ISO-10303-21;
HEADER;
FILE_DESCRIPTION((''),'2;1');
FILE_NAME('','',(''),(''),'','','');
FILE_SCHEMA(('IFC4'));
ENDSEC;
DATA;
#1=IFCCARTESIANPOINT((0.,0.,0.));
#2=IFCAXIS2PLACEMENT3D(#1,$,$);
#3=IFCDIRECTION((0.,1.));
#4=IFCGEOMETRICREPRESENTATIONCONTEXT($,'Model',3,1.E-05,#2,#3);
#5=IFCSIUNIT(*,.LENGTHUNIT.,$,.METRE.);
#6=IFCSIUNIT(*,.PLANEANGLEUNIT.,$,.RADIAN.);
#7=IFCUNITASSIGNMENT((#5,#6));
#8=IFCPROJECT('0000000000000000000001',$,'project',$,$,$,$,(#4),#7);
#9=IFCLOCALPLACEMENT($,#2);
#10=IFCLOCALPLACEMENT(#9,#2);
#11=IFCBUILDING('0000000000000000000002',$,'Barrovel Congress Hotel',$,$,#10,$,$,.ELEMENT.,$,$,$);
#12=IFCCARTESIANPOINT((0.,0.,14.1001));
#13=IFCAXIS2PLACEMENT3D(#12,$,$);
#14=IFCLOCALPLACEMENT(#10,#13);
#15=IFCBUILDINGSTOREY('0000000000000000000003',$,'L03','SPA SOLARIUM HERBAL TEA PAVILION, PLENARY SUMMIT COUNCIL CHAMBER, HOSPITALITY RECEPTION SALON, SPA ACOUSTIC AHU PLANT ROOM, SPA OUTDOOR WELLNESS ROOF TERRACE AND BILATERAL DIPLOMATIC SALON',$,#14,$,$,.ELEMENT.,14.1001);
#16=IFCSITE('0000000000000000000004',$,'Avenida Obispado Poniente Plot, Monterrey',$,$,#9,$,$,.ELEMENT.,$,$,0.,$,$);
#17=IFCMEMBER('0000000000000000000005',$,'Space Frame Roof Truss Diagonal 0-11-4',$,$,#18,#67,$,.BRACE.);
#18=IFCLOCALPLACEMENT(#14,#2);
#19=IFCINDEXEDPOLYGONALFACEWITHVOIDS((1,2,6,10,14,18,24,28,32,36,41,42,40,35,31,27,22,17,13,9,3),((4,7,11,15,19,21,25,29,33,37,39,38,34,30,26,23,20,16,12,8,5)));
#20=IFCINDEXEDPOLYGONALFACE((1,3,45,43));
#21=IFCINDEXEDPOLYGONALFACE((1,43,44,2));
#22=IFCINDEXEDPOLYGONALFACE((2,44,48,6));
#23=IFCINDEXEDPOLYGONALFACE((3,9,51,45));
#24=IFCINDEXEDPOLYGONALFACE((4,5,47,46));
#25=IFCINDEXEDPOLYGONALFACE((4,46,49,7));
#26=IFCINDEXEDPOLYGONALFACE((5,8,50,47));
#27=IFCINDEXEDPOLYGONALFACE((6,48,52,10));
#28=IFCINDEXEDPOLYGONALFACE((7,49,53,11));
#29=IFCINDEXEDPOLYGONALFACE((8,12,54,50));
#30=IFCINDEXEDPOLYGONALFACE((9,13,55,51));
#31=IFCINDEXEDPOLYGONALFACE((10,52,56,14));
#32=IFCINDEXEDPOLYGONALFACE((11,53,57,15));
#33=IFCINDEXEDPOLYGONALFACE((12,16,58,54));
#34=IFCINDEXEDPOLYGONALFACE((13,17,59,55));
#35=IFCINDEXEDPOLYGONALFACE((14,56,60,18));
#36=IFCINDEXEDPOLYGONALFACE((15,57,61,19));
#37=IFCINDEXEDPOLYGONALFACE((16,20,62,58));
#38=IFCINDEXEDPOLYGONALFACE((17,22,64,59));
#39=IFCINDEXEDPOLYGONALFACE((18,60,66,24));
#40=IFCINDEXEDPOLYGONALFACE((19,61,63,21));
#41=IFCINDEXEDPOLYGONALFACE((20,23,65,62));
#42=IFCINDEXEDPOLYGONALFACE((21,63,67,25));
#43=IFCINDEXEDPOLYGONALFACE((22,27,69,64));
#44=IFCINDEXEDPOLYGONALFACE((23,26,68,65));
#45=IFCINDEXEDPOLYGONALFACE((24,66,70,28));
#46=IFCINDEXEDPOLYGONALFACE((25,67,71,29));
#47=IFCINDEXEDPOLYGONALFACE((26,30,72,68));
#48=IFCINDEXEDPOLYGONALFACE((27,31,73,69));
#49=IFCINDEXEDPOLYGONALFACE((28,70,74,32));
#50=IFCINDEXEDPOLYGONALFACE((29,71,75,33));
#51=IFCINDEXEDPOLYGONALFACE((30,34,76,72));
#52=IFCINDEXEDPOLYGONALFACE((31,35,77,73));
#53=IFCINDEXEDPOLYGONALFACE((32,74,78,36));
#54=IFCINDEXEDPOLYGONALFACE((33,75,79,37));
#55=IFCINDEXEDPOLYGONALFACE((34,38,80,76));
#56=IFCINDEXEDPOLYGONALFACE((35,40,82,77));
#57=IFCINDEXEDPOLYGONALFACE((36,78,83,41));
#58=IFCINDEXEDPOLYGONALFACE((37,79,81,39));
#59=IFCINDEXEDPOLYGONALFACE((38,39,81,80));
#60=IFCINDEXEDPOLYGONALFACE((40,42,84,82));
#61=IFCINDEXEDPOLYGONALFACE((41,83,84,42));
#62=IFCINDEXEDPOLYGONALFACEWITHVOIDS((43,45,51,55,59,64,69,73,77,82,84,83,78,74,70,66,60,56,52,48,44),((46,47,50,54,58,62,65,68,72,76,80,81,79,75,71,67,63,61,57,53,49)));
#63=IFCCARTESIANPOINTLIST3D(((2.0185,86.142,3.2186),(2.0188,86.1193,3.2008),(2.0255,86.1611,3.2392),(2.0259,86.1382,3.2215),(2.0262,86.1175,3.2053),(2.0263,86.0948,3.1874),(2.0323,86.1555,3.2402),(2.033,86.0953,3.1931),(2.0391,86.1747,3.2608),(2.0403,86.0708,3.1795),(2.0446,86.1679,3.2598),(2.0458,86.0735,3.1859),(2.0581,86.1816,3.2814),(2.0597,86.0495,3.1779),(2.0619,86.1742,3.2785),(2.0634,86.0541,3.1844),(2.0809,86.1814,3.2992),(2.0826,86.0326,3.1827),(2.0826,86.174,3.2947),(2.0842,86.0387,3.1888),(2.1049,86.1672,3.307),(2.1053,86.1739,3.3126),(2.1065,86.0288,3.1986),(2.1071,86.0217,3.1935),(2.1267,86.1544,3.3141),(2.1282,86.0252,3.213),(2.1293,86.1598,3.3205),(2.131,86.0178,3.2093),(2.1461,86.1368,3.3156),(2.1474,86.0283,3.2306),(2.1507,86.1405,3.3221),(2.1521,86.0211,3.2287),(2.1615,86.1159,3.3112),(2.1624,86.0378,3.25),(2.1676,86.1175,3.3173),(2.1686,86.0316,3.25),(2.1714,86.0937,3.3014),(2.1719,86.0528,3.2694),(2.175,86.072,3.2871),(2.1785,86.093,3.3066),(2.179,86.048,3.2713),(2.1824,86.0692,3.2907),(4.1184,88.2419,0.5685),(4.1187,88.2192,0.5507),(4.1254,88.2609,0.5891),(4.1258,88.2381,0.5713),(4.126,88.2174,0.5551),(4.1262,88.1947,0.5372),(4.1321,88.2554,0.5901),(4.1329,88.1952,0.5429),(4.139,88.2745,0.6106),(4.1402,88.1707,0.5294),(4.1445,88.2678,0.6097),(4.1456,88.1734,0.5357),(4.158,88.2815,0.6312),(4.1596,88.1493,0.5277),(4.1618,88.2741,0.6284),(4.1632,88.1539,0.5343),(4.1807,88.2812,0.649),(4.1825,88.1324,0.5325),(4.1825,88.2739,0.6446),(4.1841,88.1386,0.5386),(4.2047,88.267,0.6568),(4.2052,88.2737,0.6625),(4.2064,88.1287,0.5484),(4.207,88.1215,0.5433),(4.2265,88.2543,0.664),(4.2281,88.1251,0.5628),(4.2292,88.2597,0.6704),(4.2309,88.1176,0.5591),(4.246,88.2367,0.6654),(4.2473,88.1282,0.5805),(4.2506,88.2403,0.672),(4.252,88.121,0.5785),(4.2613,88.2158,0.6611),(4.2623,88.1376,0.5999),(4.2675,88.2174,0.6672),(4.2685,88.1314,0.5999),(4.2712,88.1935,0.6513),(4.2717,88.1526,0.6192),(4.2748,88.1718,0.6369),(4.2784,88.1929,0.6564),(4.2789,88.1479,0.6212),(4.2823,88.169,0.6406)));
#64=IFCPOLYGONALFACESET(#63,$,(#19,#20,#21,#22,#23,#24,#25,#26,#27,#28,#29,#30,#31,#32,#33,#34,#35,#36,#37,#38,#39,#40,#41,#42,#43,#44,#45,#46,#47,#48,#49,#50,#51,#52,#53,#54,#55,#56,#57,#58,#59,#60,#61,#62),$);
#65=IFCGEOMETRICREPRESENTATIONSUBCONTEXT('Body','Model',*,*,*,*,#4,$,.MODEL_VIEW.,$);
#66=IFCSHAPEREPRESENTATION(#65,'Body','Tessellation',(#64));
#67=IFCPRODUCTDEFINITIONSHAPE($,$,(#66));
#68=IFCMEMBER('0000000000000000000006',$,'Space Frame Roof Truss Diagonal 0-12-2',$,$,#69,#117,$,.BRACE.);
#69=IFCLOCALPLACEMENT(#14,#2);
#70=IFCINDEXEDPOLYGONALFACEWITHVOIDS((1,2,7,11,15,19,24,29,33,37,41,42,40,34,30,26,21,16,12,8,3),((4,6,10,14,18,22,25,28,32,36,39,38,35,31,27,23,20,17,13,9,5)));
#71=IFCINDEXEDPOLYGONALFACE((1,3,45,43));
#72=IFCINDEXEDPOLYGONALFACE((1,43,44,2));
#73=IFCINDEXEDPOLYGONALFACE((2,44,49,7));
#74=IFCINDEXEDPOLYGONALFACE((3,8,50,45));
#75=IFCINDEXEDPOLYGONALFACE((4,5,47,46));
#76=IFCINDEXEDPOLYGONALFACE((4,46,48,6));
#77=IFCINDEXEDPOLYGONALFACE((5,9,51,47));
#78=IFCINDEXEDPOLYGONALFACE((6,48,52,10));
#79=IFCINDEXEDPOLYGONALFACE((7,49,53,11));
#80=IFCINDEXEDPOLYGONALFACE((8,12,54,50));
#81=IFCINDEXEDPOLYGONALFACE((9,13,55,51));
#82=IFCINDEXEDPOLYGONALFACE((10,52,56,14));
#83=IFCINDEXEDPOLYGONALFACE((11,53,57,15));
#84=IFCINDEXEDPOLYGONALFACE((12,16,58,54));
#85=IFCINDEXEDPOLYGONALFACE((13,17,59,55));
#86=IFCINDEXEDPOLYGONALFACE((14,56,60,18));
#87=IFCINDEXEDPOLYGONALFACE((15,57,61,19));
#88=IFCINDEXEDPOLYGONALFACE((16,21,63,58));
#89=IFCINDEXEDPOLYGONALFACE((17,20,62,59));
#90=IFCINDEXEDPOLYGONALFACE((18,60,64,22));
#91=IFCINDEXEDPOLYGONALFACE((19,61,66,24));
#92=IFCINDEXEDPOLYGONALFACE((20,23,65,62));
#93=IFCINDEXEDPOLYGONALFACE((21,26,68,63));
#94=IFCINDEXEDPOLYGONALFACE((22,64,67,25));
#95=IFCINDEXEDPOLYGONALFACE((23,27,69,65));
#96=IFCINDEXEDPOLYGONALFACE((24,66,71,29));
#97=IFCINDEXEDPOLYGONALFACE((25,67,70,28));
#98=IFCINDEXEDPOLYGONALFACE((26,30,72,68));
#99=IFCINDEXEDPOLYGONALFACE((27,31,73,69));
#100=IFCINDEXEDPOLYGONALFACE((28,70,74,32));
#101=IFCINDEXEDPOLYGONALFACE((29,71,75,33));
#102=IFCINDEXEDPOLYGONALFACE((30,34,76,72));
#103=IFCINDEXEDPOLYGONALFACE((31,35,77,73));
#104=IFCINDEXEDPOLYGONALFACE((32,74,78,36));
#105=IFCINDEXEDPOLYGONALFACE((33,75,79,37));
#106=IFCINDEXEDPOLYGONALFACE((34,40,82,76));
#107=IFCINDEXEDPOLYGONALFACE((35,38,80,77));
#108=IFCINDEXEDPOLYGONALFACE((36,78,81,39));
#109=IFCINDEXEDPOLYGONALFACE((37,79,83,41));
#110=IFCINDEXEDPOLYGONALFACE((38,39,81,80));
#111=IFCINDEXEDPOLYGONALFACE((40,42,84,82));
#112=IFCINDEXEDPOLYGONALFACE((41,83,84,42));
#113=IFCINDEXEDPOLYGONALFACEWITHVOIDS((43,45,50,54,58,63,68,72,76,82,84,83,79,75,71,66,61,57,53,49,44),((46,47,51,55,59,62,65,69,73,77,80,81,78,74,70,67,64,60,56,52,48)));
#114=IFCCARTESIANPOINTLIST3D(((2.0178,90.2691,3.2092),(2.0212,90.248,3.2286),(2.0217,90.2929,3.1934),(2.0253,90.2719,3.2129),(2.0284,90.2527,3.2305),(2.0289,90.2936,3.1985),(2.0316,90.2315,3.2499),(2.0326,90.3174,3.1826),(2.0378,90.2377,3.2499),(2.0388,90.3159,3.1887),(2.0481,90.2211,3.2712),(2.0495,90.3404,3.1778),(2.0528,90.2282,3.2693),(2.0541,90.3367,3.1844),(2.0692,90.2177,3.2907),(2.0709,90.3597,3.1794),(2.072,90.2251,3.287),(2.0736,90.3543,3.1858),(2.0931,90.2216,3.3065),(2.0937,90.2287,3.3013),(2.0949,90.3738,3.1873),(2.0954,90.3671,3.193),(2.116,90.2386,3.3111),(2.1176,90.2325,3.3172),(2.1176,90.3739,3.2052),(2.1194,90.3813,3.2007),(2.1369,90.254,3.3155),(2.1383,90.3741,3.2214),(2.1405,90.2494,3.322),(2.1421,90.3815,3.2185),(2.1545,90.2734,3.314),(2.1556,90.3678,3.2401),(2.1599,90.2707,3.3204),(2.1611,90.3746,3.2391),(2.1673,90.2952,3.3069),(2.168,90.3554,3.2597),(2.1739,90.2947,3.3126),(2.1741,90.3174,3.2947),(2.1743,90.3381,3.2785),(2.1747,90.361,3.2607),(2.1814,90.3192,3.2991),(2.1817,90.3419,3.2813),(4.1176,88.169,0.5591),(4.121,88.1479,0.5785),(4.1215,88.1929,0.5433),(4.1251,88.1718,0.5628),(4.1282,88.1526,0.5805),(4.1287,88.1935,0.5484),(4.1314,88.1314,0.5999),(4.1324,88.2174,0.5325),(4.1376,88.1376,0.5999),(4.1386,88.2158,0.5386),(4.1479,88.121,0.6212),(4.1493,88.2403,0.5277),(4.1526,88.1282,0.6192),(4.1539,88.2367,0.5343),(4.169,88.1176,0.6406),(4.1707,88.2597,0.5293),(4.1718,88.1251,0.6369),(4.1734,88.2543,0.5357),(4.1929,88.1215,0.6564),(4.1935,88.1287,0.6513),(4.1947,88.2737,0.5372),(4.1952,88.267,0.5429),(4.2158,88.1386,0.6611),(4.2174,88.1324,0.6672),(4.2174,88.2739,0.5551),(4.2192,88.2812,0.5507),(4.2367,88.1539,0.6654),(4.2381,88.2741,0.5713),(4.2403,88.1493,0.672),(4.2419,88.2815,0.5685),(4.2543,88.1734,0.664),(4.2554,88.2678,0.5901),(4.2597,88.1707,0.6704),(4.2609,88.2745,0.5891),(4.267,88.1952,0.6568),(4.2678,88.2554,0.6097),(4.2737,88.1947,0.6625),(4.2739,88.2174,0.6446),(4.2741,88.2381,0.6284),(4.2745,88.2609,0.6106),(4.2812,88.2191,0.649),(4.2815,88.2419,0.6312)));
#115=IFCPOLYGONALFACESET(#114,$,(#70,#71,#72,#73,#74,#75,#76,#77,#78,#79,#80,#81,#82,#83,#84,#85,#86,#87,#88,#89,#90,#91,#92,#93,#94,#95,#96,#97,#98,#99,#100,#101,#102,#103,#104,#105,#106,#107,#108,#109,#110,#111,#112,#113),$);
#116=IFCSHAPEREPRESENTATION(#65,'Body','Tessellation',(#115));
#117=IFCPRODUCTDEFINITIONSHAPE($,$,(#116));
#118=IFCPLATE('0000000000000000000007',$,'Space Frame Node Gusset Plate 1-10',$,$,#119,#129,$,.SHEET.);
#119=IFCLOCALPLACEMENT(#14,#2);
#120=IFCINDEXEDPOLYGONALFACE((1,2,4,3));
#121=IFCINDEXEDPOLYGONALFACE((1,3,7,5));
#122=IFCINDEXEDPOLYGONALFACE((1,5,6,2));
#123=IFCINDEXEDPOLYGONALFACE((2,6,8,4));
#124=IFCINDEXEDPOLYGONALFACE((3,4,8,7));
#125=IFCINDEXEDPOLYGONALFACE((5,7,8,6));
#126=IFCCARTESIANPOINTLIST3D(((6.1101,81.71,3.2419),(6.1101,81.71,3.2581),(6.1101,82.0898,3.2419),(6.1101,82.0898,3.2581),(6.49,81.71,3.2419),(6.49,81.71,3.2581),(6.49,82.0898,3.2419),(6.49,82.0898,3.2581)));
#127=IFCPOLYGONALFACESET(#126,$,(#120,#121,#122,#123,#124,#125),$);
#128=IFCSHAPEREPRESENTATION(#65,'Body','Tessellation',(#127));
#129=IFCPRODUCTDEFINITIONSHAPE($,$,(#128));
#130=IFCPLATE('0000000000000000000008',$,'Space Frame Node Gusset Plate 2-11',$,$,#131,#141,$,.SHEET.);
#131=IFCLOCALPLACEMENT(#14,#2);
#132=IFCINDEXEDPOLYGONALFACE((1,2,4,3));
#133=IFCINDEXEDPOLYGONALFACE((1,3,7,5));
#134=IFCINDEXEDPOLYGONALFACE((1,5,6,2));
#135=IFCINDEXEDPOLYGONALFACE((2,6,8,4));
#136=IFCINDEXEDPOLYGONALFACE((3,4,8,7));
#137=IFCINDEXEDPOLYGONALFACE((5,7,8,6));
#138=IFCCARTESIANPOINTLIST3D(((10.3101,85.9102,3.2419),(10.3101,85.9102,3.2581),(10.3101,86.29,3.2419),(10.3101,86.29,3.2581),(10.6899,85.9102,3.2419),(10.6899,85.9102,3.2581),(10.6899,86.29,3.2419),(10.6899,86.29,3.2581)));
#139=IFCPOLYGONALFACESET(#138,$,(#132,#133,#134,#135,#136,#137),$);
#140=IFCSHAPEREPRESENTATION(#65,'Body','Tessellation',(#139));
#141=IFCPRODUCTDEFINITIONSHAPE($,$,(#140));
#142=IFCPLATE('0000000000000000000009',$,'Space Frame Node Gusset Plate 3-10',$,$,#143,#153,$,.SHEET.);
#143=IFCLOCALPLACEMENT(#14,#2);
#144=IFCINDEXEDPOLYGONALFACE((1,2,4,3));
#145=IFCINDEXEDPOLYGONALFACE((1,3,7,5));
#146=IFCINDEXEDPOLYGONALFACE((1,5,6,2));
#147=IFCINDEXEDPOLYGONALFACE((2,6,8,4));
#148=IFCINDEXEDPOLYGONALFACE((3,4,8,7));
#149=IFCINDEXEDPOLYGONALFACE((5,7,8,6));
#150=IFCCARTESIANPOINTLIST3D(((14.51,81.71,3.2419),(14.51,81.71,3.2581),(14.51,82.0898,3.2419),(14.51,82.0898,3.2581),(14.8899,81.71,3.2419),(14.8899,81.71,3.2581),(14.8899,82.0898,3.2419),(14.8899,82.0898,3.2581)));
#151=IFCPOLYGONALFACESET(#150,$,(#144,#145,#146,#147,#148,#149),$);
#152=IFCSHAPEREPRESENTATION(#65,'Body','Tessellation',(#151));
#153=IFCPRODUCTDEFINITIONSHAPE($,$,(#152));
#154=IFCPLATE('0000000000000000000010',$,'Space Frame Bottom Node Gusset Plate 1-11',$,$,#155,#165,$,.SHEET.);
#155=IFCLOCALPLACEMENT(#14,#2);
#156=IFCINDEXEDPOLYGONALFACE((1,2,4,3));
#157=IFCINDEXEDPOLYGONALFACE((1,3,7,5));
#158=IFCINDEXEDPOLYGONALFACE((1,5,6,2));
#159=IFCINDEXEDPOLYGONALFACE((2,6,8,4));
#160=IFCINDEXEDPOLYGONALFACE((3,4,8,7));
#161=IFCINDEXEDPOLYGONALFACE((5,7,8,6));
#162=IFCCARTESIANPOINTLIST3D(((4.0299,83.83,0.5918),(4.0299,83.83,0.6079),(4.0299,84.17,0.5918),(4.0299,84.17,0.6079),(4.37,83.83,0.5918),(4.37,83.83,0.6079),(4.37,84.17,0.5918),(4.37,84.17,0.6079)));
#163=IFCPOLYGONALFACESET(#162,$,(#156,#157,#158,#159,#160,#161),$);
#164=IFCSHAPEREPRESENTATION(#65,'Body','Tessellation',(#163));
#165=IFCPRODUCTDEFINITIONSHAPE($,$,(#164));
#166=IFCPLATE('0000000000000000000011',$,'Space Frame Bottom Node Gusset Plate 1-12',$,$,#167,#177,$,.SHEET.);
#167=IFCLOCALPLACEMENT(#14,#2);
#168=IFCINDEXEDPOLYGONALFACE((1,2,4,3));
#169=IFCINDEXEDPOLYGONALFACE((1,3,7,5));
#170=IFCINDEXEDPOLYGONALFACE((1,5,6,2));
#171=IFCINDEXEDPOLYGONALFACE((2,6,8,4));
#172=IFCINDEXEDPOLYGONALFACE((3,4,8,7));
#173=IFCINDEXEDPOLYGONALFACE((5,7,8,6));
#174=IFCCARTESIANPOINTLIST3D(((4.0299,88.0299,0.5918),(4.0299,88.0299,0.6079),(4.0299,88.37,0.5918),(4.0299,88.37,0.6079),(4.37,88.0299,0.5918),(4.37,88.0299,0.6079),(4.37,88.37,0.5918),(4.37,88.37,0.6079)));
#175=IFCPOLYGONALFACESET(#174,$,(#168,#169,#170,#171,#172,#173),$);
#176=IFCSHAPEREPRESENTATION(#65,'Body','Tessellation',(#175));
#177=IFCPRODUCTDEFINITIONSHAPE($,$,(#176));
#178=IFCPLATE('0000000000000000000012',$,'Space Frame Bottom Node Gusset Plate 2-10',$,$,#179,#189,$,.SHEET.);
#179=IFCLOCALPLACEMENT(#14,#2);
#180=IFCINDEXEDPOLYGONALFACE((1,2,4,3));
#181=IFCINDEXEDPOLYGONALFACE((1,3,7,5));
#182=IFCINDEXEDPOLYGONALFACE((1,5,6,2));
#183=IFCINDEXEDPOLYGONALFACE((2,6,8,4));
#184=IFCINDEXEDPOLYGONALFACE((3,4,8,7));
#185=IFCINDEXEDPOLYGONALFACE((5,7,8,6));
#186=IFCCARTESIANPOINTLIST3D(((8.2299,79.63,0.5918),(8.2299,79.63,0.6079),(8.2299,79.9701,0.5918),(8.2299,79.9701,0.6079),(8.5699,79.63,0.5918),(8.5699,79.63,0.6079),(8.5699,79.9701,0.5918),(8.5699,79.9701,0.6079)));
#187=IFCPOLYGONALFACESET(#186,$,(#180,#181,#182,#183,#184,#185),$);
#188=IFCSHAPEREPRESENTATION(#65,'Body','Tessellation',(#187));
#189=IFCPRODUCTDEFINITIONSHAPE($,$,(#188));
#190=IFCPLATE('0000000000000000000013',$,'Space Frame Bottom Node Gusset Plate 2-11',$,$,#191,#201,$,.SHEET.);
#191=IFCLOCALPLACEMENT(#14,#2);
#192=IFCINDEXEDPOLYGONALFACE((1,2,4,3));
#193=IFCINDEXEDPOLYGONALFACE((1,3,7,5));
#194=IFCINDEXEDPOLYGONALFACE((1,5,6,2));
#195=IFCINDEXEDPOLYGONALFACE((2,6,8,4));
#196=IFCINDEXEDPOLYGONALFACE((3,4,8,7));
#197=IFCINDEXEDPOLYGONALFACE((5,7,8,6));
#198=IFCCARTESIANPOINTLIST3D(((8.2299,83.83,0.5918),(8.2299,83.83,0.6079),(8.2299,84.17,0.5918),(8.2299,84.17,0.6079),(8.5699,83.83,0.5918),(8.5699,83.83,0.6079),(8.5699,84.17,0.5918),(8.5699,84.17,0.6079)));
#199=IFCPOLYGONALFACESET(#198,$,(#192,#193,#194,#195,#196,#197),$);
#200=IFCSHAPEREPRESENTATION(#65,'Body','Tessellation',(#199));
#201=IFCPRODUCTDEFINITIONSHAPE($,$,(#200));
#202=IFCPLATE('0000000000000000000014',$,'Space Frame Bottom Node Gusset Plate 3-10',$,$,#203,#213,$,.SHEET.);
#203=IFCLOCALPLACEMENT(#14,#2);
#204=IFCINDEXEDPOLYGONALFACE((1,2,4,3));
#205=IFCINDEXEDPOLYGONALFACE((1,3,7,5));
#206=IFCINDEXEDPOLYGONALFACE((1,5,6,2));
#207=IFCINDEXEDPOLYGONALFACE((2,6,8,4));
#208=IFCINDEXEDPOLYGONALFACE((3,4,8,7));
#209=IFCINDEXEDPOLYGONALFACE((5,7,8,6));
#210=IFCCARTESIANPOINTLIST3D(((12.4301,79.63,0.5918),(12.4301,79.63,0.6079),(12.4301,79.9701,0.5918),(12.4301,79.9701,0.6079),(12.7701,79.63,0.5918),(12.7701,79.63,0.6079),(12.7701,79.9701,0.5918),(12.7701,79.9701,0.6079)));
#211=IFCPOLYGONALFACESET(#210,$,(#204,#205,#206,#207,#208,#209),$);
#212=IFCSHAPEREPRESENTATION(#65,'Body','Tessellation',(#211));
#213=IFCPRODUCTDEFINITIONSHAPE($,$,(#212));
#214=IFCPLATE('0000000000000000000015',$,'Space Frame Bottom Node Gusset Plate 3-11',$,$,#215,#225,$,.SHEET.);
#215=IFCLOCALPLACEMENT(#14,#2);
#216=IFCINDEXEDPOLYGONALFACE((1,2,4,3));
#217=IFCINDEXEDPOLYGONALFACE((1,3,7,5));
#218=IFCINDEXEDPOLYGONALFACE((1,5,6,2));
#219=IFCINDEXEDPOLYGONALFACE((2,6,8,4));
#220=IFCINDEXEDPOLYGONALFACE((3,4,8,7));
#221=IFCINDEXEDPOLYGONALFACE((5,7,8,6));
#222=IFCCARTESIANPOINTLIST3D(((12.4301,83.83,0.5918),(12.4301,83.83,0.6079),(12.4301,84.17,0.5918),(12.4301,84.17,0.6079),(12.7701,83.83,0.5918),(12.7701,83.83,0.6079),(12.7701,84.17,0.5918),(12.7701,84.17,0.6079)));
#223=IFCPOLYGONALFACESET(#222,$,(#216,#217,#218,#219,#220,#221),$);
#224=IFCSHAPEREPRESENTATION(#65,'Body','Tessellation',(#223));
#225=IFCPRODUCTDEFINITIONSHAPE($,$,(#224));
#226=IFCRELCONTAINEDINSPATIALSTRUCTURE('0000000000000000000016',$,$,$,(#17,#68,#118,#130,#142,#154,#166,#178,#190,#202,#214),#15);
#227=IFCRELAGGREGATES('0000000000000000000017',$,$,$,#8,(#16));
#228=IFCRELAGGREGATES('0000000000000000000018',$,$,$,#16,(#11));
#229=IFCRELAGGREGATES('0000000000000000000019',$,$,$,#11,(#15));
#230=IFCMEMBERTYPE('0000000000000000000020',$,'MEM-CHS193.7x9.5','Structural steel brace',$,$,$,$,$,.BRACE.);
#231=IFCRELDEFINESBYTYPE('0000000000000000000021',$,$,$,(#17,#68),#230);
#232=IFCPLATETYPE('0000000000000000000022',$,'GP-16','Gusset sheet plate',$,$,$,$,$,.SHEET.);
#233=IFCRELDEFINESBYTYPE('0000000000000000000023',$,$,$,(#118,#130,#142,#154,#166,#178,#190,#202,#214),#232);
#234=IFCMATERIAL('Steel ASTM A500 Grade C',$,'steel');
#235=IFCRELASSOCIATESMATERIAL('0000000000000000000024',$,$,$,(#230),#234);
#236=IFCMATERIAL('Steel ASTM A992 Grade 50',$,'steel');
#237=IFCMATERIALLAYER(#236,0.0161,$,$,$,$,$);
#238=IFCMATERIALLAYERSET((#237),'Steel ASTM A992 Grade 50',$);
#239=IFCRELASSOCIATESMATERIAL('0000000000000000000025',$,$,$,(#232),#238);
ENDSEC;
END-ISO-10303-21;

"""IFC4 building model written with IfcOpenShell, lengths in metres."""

from ifc_helpers import new_model, si_unit, direction, frame, origin, origin_2d, place, context, subcontext, project, spatial, rectangle, hollow_circle, extrude, material, layer, layer_set, material_profile, profile_set, type_object, element, save


model = new_model("IFC4")

# Units and contexts
model_context = context("Model", 3, precision=1e-05, world=origin(), true_north=direction((0.0, 1.0)))
body_context = subcontext(model_context, "Body", "Model", "MODEL_VIEW")
ifc_project = project(units=[si_unit("LENGTHUNIT", "METRE"), si_unit("PLANEANGLEUNIT", "RADIAN")], contexts=[model_context])

# Site, building, storey
site_placement = place(None, origin())
site = spatial("IfcSite", under=ifc_project, at=site_placement, Name="Avenida Obispado Poniente Plot, Monterrey", CompositionType="ELEMENT", RefElevation=0.0)
building_placement = place(site_placement, origin())
building = spatial("IfcBuilding", under=site, at=building_placement, Name="Barrovel Congress Hotel", CompositionType="ELEMENT")
storey_placement = place(building_placement, frame((0.0, 0.0, 14.1001)))
storey = spatial("IfcBuildingStorey", under=building, at=storey_placement, Name="L03", Description="SPA SOLARIUM HERBAL TEA PAVILION, PLENARY SUMMIT COUNCIL CHAMBER, HOSPITALITY RECEPTION SALON, SPA ACOUSTIC AHU PLANT ROOM, SPA OUTDOOR WELLNESS ROOF TERRACE AND BILATERAL DIPLOMATIC SALON", CompositionType="ELEMENT", Elevation=14.1001)

# Members
ifc_material_1 = material(Name="Steel ASTM A500 Grade C", Category="steel")
ifc_material_profile_1 = material_profile(ifc_material_1, hollow_circle(Radius=0.0969, WallThickness=0.0088, at=origin_2d()), Name="CHS193.7x9.5")
ifc_profile_set_1 = profile_set([ifc_material_profile_1], Name="Steel ASTM A500 Grade C")
member_type_1 = type_object("IfcMemberType", Name="MEM-CHS193.7x9.5", Description="Structural steel brace", PredefinedType="BRACE", material=ifc_profile_set_1)
for number, where, z_axis, x_axis, name in (
    (1, (4.2, 88.2, 0.5999), (-0.527574, -0.527574, 0.665831), (0.707107, -0.707107, 0.0), "Space Frame Roof Truss Diagonal 0-11-4"),
    (2, (4.2, 88.2, 0.5999), (-0.527557, 0.527618, 0.66581), (-0.707148, -0.707066, 0.0), "Space Frame Roof Truss Diagonal 0-12-2"),
):
    element("IfcMember", number, at=place(storey_placement, frame(where, z_axis=z_axis, x_axis=x_axis)), inside=storey, type_object=member_type_1, Name=name, PredefinedType="BRACE", context=body_context, shape_type="SweptSolid", body=[
        extrude(hollow_circle(Radius=0.0969, WallThickness=0.0088, at=origin_2d()), origin(), (0.0, 0.0, 1.0), 3.9802),
    ])

# Plates
ifc_material_2 = material(Name="Steel ASTM A992 Grade 50", Category="steel")
ifc_layer_1 = layer(ifc_material_2, 0.0161)
ifc_layer_set_1 = layer_set([ifc_layer_1], Name="Steel ASTM A992 Grade 50")
plate_type_1 = type_object("IfcPlateType", Name="GP-16", Description="Gusset sheet plate", PredefinedType="SHEET", material=ifc_layer_set_1)
for number, where, z_axis, x_axis, name in (
    (3, (6.3, 81.8999, 3.2419), (0.0, 0.0, 1.0), (1.0, 0.0, 0.0), "Space Frame Node Gusset Plate 1-10"),
    (4, (10.5, 86.1001, 3.2419), (0.0, 0.0, 1.0), (1.0, 0.0, 0.0), "Space Frame Node Gusset Plate 2-11"),
    (5, (14.7, 81.8999, 3.2419), (0.0, 0.0, 1.0), (1.0, 0.0, 0.0), "Space Frame Node Gusset Plate 3-10"),
):
    element("IfcPlate", number, at=place(storey_placement, frame(where, z_axis=z_axis, x_axis=x_axis)), inside=storey, type_object=plate_type_1, Name=name, PredefinedType="SHEET", context=body_context, shape_type="SweptSolid", body=[
        extrude(rectangle(XDim=0.3799, YDim=0.3799, at=origin_2d()), origin(), (0.0, 0.0, 1.0), 0.0161),
    ])
for number, where, z_axis, x_axis, name in (
    (6, (4.2, 84.0, 0.5918), (0.0, 0.0, 1.0), (1.0, 0.0, 0.0), "Space Frame Bottom Node Gusset Plate 1-11"),
    (7, (4.2, 88.2, 0.5918), (0.0, 0.0, 1.0), (1.0, 0.0, 0.0), "Space Frame Bottom Node Gusset Plate 1-12"),
    (8, (8.3999, 79.8, 0.5918), (0.0, 0.0, 1.0), (1.0, 0.0, 0.0), "Space Frame Bottom Node Gusset Plate 2-10"),
    (9, (8.3999, 84.0, 0.5918), (0.0, 0.0, 1.0), (1.0, 0.0, 0.0), "Space Frame Bottom Node Gusset Plate 2-11"),
    (10, (12.6001, 79.8, 0.5918), (0.0, 0.0, 1.0), (1.0, 0.0, 0.0), "Space Frame Bottom Node Gusset Plate 3-10"),
    (11, (12.6001, 84.0, 0.5918), (0.0, 0.0, 1.0), (1.0, 0.0, 0.0), "Space Frame Bottom Node Gusset Plate 3-11"),
):
    element("IfcPlate", number, at=place(storey_placement, frame(where, z_axis=z_axis, x_axis=x_axis)), inside=storey, type_object=plate_type_1, Name=name, PredefinedType="SHEET", context=body_context, shape_type="SweptSolid", body=[
        extrude(rectangle(XDim=0.3401, YDim=0.3401, at=origin_2d()), origin(), (0.0, 0.0, 1.0), 0.0161),
    ])

save(model, "model.ifc")
